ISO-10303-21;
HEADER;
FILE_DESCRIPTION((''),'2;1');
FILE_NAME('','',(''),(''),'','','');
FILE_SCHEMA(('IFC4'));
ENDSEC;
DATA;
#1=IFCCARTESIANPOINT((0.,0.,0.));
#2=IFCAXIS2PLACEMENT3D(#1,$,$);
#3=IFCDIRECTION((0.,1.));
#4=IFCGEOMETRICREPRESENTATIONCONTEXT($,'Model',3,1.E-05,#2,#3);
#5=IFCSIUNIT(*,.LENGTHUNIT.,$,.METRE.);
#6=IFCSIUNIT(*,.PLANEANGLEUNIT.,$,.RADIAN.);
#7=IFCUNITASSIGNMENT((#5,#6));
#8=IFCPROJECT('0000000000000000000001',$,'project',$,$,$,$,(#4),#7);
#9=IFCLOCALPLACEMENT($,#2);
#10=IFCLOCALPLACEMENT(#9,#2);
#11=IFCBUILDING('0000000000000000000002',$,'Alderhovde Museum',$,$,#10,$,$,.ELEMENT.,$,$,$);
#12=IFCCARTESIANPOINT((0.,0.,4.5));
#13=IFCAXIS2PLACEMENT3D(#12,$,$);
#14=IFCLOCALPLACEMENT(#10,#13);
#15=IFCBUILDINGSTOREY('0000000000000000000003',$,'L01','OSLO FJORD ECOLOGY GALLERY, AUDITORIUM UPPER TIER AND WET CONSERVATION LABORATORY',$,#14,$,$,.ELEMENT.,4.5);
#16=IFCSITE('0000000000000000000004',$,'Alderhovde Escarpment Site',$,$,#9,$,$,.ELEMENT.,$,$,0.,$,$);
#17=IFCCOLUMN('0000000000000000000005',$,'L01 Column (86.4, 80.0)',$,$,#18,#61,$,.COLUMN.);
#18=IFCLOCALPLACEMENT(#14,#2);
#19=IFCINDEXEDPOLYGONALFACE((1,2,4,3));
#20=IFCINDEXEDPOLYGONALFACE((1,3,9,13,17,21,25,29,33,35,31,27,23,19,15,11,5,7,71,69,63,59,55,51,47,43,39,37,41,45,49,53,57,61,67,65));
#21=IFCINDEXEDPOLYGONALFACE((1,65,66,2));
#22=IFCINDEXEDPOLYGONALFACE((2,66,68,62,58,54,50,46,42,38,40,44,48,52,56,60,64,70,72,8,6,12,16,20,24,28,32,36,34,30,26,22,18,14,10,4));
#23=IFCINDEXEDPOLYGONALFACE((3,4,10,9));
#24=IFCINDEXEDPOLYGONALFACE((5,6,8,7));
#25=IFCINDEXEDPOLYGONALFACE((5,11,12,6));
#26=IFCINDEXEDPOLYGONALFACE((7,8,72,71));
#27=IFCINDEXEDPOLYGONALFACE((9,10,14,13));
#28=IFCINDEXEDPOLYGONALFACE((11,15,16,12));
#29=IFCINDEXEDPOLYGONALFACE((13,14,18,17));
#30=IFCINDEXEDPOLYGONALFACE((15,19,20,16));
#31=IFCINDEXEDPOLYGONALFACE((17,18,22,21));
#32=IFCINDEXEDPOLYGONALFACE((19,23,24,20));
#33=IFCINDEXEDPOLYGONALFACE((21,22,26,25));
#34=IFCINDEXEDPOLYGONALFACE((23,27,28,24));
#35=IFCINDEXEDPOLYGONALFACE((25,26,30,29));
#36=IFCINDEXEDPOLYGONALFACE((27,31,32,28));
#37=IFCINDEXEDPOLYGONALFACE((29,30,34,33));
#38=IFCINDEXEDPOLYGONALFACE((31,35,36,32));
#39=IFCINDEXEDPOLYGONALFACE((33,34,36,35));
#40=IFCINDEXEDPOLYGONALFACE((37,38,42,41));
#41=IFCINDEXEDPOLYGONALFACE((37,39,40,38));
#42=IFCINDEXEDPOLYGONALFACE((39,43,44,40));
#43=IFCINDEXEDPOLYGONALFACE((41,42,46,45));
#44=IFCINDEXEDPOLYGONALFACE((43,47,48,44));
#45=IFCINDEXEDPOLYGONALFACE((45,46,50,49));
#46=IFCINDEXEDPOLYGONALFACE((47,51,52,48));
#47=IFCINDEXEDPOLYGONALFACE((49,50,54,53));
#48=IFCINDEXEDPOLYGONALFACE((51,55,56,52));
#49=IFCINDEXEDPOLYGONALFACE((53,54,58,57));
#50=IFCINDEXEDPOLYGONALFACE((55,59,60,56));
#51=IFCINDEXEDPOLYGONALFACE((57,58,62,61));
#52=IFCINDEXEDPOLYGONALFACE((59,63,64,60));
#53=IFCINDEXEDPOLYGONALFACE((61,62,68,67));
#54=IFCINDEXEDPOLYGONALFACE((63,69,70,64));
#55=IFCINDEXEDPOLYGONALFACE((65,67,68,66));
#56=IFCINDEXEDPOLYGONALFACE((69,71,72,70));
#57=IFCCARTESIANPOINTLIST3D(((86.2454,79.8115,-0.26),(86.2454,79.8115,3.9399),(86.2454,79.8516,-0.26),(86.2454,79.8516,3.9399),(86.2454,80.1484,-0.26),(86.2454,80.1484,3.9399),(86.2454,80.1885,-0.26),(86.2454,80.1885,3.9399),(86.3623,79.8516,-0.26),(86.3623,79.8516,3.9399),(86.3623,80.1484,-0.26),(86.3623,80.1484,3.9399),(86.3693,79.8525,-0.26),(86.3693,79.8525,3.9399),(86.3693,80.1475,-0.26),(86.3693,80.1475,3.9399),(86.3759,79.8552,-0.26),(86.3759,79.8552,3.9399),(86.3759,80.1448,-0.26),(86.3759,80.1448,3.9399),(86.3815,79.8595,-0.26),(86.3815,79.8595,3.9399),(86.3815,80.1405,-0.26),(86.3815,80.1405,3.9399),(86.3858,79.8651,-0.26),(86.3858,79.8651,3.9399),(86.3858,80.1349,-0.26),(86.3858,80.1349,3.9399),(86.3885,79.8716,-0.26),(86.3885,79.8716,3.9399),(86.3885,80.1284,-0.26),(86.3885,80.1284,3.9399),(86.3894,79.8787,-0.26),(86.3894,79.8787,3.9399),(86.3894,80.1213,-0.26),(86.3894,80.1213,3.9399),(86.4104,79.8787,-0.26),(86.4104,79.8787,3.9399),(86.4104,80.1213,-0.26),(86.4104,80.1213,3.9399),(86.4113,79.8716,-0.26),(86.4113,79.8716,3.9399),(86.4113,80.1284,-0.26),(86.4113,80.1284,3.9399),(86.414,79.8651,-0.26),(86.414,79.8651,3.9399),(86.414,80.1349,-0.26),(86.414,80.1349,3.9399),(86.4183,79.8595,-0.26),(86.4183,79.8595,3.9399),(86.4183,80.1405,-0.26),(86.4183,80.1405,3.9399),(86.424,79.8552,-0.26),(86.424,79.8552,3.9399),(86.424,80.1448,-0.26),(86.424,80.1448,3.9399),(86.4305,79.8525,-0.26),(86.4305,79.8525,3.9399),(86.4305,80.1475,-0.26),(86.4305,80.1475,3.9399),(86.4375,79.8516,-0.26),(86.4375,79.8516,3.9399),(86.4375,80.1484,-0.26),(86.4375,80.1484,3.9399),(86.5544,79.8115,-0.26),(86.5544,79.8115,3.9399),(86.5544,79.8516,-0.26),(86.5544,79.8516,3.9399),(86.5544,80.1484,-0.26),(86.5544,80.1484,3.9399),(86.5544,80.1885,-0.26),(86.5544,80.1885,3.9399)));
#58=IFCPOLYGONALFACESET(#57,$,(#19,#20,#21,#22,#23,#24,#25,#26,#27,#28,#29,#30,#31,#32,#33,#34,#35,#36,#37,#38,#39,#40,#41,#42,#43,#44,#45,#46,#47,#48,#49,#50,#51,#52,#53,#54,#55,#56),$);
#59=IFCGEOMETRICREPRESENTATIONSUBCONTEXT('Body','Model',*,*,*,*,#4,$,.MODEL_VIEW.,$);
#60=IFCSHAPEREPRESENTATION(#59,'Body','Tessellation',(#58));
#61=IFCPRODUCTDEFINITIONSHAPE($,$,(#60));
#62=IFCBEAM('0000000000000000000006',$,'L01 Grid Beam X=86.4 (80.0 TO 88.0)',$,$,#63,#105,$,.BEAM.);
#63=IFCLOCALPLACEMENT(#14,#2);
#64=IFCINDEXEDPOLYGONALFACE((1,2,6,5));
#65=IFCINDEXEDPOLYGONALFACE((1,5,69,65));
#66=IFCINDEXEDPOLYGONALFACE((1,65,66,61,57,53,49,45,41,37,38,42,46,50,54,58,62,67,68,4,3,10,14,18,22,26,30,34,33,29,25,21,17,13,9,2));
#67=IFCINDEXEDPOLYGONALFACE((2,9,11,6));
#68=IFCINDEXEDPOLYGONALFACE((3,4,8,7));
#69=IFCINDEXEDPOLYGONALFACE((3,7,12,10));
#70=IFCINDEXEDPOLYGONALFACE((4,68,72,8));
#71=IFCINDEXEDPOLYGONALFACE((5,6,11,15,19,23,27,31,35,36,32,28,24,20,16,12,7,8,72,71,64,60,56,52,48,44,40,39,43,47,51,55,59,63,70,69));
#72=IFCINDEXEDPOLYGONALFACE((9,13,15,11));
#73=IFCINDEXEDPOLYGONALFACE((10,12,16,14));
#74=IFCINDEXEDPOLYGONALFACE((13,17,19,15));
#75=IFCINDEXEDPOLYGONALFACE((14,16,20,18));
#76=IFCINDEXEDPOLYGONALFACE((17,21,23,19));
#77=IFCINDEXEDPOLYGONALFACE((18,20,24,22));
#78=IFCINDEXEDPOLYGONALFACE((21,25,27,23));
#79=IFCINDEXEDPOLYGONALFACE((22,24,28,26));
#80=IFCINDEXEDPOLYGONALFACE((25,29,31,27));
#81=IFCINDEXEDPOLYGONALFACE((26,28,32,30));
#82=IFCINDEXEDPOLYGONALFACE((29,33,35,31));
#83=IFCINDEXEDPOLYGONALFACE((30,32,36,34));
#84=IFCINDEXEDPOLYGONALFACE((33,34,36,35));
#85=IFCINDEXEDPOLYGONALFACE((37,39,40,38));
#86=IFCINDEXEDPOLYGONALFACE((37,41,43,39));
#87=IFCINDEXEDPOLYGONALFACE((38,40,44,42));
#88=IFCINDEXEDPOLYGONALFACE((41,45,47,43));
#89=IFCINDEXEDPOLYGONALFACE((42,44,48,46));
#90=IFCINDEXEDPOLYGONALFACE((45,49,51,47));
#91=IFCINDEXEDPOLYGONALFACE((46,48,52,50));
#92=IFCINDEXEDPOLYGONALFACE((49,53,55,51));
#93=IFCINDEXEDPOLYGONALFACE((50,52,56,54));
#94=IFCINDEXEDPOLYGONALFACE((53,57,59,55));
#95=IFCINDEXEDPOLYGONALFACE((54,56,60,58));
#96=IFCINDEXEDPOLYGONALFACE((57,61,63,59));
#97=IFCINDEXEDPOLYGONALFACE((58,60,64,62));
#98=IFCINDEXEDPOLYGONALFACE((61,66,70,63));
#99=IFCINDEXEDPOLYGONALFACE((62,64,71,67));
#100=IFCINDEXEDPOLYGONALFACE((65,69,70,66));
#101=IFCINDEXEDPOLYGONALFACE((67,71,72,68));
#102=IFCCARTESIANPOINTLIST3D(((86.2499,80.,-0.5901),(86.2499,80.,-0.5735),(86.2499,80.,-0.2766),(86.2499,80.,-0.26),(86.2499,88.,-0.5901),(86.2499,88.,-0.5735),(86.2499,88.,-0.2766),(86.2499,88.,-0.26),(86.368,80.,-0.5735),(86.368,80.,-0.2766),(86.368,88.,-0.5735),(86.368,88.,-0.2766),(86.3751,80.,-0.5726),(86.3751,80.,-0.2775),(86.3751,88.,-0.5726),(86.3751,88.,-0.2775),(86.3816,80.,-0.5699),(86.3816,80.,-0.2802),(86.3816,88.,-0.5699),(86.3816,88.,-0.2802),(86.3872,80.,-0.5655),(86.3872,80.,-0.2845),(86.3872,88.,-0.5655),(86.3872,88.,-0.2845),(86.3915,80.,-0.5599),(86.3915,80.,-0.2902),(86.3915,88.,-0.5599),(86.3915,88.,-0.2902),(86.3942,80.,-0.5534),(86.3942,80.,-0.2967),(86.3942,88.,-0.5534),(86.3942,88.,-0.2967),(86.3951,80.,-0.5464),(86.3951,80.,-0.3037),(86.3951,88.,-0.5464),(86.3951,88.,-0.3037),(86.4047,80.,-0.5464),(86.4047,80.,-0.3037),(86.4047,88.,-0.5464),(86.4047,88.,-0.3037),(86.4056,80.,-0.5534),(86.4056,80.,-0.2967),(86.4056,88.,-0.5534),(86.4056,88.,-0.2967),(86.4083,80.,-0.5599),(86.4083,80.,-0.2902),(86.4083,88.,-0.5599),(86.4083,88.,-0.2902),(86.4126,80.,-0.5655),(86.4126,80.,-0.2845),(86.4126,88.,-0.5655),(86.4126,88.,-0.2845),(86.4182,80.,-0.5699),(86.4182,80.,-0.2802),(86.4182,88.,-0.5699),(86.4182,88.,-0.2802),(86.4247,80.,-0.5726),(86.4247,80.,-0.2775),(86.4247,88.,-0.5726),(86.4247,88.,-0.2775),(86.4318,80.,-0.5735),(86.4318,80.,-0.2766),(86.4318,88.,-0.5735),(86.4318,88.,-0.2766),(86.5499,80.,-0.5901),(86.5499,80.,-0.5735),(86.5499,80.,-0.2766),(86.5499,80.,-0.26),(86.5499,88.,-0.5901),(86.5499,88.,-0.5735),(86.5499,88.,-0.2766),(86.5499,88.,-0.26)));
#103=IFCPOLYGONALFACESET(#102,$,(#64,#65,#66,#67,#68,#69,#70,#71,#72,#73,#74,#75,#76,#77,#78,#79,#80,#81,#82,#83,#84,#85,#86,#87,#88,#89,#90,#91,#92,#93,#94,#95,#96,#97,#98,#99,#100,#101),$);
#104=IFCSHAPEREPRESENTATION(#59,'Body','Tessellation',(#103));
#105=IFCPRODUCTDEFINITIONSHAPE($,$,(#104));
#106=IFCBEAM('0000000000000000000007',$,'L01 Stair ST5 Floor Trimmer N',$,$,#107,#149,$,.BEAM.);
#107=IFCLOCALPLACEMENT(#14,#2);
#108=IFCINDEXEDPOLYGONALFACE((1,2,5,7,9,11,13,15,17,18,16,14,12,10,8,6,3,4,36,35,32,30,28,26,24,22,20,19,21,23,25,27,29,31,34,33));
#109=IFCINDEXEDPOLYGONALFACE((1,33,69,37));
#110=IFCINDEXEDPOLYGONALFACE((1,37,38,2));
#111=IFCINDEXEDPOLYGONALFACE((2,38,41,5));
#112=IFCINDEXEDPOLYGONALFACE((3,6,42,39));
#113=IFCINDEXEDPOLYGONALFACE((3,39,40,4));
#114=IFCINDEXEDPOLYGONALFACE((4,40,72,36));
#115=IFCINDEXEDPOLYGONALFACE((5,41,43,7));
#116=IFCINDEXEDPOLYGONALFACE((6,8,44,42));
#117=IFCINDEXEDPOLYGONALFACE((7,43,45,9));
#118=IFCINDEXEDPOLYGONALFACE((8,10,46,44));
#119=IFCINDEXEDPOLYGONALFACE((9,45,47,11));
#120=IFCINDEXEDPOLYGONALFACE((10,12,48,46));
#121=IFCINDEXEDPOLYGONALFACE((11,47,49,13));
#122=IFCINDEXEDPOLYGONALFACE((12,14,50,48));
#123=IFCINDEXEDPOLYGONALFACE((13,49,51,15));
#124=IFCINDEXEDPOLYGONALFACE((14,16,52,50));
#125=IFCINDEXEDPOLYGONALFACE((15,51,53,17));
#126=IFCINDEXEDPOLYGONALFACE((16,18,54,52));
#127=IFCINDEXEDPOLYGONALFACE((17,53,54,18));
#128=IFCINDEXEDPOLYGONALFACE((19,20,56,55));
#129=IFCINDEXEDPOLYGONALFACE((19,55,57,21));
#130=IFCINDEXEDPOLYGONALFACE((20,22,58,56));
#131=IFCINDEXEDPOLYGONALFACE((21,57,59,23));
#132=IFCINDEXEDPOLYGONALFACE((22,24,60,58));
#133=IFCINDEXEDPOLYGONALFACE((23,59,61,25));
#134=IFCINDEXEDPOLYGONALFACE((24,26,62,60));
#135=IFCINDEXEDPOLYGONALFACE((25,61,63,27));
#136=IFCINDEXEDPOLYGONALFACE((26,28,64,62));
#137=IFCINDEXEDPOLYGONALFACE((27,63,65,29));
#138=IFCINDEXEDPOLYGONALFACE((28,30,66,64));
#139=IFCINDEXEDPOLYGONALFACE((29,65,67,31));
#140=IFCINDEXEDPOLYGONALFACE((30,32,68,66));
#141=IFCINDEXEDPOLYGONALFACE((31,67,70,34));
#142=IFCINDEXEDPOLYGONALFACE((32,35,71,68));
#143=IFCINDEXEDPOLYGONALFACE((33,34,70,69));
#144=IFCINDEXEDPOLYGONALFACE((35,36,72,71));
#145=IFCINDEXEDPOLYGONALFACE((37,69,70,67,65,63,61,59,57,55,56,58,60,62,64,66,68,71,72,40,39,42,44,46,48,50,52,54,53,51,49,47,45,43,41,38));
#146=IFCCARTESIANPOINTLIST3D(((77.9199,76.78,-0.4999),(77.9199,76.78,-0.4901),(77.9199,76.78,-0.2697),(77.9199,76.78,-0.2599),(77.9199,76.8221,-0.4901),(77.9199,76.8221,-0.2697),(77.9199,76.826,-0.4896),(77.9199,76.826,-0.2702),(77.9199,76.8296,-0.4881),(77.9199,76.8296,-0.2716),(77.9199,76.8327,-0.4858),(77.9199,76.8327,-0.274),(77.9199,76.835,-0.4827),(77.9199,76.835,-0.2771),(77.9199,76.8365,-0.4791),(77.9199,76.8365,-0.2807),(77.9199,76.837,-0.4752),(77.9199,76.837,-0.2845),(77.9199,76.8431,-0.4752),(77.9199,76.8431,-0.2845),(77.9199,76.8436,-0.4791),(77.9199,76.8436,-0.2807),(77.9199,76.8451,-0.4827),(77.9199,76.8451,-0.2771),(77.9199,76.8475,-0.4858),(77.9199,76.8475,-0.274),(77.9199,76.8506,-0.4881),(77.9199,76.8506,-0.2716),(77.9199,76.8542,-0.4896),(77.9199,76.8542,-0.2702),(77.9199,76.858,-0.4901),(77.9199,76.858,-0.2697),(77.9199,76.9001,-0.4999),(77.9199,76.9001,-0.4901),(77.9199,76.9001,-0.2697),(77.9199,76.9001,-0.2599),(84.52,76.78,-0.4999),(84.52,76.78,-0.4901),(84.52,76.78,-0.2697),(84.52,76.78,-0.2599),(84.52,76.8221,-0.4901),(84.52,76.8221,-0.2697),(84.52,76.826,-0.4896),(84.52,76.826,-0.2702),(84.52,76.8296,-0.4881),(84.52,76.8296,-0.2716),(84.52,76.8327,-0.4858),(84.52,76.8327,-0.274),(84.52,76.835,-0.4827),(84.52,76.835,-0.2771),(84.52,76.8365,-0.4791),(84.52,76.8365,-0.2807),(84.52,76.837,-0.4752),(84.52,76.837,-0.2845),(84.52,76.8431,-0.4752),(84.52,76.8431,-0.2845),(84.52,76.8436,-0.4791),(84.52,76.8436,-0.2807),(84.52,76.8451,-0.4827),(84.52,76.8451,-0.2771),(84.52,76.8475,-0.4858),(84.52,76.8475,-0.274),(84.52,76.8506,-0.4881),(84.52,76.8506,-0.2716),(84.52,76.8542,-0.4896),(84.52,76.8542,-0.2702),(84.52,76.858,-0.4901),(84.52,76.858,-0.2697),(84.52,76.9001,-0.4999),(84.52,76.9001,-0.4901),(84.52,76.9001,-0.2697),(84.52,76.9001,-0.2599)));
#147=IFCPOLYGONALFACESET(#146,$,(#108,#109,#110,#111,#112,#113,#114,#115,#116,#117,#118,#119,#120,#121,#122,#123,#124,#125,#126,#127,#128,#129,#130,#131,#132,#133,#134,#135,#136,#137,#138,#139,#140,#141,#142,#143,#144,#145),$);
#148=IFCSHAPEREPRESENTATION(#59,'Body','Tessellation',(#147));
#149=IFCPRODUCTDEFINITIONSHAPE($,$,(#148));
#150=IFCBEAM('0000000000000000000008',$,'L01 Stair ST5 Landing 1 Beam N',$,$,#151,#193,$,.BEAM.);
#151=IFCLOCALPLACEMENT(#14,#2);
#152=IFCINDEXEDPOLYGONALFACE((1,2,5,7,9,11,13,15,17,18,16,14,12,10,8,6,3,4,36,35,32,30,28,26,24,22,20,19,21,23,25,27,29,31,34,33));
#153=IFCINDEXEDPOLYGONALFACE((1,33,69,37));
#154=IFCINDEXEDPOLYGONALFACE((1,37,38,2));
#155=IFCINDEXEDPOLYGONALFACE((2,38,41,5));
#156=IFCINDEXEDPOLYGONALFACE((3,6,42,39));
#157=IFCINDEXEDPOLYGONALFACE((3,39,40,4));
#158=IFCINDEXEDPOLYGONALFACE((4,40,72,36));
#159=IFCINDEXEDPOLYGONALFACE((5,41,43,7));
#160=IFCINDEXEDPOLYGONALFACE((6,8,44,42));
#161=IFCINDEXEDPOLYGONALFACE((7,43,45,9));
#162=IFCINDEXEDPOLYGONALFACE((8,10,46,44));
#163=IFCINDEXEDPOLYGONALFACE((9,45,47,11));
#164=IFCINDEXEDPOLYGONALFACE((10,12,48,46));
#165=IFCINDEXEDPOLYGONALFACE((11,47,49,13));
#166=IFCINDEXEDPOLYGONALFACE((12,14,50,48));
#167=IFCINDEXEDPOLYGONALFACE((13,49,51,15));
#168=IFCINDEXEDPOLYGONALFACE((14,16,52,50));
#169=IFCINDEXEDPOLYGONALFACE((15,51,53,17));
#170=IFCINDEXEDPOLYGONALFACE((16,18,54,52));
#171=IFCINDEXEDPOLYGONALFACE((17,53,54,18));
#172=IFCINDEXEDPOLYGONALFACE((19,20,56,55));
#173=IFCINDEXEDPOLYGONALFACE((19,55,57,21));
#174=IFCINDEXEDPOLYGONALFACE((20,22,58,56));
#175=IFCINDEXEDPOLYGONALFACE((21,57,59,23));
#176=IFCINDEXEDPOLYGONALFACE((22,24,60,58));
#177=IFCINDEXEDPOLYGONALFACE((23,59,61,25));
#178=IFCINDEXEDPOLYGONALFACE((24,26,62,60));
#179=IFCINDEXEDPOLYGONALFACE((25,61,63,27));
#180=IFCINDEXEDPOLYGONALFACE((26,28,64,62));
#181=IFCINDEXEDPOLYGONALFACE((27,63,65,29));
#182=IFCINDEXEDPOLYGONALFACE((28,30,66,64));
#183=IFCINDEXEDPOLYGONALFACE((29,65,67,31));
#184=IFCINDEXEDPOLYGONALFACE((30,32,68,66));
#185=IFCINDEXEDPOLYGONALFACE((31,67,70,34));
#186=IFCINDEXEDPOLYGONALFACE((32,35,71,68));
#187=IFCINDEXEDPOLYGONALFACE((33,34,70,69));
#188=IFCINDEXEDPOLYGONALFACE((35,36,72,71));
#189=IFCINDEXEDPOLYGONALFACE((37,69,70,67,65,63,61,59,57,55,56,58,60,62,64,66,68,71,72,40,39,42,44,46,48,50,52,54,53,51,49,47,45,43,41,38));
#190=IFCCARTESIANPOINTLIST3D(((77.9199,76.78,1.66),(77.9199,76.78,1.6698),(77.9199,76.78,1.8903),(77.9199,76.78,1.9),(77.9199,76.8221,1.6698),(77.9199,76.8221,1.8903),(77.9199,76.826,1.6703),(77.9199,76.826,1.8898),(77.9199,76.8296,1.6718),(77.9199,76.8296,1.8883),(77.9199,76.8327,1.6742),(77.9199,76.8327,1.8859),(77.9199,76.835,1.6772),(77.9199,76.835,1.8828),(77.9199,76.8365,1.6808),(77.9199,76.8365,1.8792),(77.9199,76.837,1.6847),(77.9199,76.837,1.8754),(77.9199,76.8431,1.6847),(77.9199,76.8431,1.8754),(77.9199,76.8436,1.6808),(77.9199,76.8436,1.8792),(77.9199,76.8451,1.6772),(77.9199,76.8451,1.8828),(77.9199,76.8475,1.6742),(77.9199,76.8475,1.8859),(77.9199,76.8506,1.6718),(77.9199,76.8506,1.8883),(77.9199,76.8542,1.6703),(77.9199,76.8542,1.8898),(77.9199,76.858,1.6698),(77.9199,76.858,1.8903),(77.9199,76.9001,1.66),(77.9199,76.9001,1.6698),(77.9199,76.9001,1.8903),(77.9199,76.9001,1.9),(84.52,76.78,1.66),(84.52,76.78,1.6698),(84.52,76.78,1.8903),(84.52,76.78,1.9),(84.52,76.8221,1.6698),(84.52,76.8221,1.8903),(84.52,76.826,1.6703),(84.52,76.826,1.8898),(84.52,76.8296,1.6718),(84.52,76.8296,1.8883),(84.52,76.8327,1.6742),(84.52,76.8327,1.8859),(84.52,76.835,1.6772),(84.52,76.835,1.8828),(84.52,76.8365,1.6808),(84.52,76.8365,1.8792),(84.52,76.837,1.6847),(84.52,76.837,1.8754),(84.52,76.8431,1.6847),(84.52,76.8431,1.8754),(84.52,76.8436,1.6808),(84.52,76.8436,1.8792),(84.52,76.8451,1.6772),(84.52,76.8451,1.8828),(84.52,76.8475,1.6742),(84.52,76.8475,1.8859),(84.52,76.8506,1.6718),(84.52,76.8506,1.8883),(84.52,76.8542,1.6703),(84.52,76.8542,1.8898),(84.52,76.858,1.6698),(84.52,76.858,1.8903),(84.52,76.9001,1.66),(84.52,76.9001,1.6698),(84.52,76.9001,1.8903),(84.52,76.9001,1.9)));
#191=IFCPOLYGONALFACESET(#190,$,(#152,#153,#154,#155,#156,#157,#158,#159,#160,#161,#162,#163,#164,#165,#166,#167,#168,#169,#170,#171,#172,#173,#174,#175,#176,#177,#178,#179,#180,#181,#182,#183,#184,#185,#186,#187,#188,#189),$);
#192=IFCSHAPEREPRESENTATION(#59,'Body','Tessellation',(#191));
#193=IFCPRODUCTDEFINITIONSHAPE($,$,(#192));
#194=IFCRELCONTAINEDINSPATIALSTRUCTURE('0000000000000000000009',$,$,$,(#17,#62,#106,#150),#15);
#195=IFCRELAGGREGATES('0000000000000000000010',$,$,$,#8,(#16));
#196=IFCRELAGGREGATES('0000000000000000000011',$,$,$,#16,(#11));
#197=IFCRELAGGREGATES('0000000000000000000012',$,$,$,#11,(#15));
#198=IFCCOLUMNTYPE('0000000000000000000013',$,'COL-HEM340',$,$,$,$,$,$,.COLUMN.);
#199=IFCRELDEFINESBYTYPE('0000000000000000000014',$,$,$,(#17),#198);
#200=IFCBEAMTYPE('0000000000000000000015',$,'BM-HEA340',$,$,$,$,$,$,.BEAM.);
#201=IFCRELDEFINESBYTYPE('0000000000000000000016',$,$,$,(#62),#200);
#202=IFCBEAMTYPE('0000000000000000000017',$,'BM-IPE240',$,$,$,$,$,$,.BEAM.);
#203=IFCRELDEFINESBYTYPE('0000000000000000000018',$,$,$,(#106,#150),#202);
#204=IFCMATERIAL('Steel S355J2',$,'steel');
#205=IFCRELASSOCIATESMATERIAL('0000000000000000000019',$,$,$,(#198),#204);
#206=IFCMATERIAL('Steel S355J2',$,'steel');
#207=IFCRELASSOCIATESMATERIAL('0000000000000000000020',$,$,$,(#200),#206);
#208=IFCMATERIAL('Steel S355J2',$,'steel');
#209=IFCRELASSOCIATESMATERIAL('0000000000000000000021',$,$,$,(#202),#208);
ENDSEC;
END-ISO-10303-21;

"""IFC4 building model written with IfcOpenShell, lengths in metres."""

from ifc_helpers import new_model, si_unit, direction, frame, origin, origin_2d, place, context, subcontext, project, spatial, i_section, extrude, material, material_profile, profile_set, type_object, element, save


model = new_model("IFC4")

# Units and contexts
model_context = context("Model", 3, precision=1e-05, world=origin(), true_north=direction((0.0, 1.0)))
body_context = subcontext(model_context, "Body", "Model", "MODEL_VIEW")
ifc_project = project(units=[si_unit("LENGTHUNIT", "METRE"), si_unit("PLANEANGLEUNIT", "RADIAN")], contexts=[model_context])

# Site, building, storey
site_placement = place(None, origin())
site = spatial("IfcSite", under=ifc_project, at=site_placement, Name="Alderhovde Escarpment Site", CompositionType="ELEMENT", RefElevation=0.0)
building_placement = place(site_placement, origin())
building = spatial("IfcBuilding", under=site, at=building_placement, Name="Alderhovde Museum", CompositionType="ELEMENT")
storey_placement = place(building_placement, frame((0.0, 0.0, 4.5)))
storey = spatial("IfcBuildingStorey", under=building, at=storey_placement, Name="L01", Description="OSLO FJORD ECOLOGY GALLERY, AUDITORIUM UPPER TIER AND WET CONSERVATION LABORATORY", CompositionType="ELEMENT", Elevation=4.5)

# Column
ifc_material_1 = material(Name="Steel S355J2", Category="steel")
ifc_material_profile_1 = material_profile(ifc_material_1, i_section(OverallWidth=0.3091, OverallDepth=0.377, WebThickness=0.021, FlangeThickness=0.04, FilletRadius=0.0271, at=origin_2d()), Name="HEM 340")
ifc_profile_set_1 = profile_set([ifc_material_profile_1], Name="Steel S355J2")
column_type_1 = type_object("IfcColumnType", Name="COL-HEM340", PredefinedType="COLUMN", material=ifc_profile_set_1)
for number, where, z_axis, x_axis, name in (
    (1, (86.3999, 80.0, -0.26), (0.0, 0.0, 1.0), (1.0, 0.0, 0.0), "L01 Column (86.4, 80.0)"),
):
    element("IfcColumn", number, at=place(storey_placement, frame(where, z_axis=z_axis, x_axis=x_axis)), inside=storey, type_object=column_type_1, Name=name, PredefinedType="COLUMN", context=body_context, shape_type="SweptSolid", body=[
        extrude(i_section(OverallWidth=0.3091, OverallDepth=0.377, WebThickness=0.021, FlangeThickness=0.04, FilletRadius=0.0271, at=origin_2d()), origin(), (0.0, 0.0, 1.0), 4.2),
    ])

# Beams
ifc_material_2 = material(Name="Steel S355J2", Category="steel")
ifc_material_profile_2 = material_profile(ifc_material_2, i_section(OverallWidth=0.3, OverallDepth=0.3301, WebThickness=0.0095, FlangeThickness=0.0166, FilletRadius=0.0271, at=origin_2d()), Name="HEA 340")
ifc_profile_set_2 = profile_set([ifc_material_profile_2], Name="Steel S355J2")
beam_type_1 = type_object("IfcBeamType", Name="BM-HEA340", PredefinedType="BEAM", material=ifc_profile_set_2)
beam_1_placement = place(storey_placement, frame((86.3999, 80.0, -0.425), z_axis=(0.0, 1.0, 0.0), x_axis=(-1.0, 0.0, 0.0)))
element("IfcBeam", 2, at=beam_1_placement, inside=storey, type_object=beam_type_1, Name="L01 Grid Beam X=86.4 (80.0 TO 88.0)", PredefinedType="BEAM", context=body_context, shape_type="SweptSolid", body=[
    extrude(i_section(OverallWidth=0.3, OverallDepth=0.3301, WebThickness=0.0095, FlangeThickness=0.0166, FilletRadius=0.0271, at=origin_2d()), origin(), (0.0, 0.0, 1.0), 8.0),
])
ifc_material_3 = material(Name="Steel S355J2", Category="steel")
ifc_material_profile_3 = material_profile(ifc_material_3, i_section(OverallWidth=0.1201, OverallDepth=0.24, WebThickness=0.0061, FlangeThickness=0.0098, FilletRadius=0.0149, at=origin_2d()), Name="IPE 240")
ifc_profile_set_3 = profile_set([ifc_material_profile_3], Name="Steel S355J2")
beam_type_2 = type_object("IfcBeamType", Name="BM-IPE240", PredefinedType="BEAM", material=ifc_profile_set_3)
for number, where, z_axis, x_axis, name in (
    (3, (77.9199, 76.8401, -0.3799), (1.0, 0.0, 0.0), (0.0, 1.0, 0.0), "L01 Stair ST5 Floor Trimmer N"),
    (4, (77.9199, 76.8401, 1.78), (1.0, 0.0, 0.0), (0.0, 1.0, 0.0), "L01 Stair ST5 Landing 1 Beam N"),
):
    element("IfcBeam", number, at=place(storey_placement, frame(where, z_axis=z_axis, x_axis=x_axis)), inside=storey, type_object=beam_type_2, Name=name, PredefinedType="BEAM", context=body_context, shape_type="SweptSolid", body=[
        extrude(i_section(OverallWidth=0.1201, OverallDepth=0.24, WebThickness=0.0061, FlangeThickness=0.0098, FilletRadius=0.0149, at=origin_2d()), origin(), (0.0, 0.0, 1.0), 6.6001),
    ])

save(model, "model.ifc")
